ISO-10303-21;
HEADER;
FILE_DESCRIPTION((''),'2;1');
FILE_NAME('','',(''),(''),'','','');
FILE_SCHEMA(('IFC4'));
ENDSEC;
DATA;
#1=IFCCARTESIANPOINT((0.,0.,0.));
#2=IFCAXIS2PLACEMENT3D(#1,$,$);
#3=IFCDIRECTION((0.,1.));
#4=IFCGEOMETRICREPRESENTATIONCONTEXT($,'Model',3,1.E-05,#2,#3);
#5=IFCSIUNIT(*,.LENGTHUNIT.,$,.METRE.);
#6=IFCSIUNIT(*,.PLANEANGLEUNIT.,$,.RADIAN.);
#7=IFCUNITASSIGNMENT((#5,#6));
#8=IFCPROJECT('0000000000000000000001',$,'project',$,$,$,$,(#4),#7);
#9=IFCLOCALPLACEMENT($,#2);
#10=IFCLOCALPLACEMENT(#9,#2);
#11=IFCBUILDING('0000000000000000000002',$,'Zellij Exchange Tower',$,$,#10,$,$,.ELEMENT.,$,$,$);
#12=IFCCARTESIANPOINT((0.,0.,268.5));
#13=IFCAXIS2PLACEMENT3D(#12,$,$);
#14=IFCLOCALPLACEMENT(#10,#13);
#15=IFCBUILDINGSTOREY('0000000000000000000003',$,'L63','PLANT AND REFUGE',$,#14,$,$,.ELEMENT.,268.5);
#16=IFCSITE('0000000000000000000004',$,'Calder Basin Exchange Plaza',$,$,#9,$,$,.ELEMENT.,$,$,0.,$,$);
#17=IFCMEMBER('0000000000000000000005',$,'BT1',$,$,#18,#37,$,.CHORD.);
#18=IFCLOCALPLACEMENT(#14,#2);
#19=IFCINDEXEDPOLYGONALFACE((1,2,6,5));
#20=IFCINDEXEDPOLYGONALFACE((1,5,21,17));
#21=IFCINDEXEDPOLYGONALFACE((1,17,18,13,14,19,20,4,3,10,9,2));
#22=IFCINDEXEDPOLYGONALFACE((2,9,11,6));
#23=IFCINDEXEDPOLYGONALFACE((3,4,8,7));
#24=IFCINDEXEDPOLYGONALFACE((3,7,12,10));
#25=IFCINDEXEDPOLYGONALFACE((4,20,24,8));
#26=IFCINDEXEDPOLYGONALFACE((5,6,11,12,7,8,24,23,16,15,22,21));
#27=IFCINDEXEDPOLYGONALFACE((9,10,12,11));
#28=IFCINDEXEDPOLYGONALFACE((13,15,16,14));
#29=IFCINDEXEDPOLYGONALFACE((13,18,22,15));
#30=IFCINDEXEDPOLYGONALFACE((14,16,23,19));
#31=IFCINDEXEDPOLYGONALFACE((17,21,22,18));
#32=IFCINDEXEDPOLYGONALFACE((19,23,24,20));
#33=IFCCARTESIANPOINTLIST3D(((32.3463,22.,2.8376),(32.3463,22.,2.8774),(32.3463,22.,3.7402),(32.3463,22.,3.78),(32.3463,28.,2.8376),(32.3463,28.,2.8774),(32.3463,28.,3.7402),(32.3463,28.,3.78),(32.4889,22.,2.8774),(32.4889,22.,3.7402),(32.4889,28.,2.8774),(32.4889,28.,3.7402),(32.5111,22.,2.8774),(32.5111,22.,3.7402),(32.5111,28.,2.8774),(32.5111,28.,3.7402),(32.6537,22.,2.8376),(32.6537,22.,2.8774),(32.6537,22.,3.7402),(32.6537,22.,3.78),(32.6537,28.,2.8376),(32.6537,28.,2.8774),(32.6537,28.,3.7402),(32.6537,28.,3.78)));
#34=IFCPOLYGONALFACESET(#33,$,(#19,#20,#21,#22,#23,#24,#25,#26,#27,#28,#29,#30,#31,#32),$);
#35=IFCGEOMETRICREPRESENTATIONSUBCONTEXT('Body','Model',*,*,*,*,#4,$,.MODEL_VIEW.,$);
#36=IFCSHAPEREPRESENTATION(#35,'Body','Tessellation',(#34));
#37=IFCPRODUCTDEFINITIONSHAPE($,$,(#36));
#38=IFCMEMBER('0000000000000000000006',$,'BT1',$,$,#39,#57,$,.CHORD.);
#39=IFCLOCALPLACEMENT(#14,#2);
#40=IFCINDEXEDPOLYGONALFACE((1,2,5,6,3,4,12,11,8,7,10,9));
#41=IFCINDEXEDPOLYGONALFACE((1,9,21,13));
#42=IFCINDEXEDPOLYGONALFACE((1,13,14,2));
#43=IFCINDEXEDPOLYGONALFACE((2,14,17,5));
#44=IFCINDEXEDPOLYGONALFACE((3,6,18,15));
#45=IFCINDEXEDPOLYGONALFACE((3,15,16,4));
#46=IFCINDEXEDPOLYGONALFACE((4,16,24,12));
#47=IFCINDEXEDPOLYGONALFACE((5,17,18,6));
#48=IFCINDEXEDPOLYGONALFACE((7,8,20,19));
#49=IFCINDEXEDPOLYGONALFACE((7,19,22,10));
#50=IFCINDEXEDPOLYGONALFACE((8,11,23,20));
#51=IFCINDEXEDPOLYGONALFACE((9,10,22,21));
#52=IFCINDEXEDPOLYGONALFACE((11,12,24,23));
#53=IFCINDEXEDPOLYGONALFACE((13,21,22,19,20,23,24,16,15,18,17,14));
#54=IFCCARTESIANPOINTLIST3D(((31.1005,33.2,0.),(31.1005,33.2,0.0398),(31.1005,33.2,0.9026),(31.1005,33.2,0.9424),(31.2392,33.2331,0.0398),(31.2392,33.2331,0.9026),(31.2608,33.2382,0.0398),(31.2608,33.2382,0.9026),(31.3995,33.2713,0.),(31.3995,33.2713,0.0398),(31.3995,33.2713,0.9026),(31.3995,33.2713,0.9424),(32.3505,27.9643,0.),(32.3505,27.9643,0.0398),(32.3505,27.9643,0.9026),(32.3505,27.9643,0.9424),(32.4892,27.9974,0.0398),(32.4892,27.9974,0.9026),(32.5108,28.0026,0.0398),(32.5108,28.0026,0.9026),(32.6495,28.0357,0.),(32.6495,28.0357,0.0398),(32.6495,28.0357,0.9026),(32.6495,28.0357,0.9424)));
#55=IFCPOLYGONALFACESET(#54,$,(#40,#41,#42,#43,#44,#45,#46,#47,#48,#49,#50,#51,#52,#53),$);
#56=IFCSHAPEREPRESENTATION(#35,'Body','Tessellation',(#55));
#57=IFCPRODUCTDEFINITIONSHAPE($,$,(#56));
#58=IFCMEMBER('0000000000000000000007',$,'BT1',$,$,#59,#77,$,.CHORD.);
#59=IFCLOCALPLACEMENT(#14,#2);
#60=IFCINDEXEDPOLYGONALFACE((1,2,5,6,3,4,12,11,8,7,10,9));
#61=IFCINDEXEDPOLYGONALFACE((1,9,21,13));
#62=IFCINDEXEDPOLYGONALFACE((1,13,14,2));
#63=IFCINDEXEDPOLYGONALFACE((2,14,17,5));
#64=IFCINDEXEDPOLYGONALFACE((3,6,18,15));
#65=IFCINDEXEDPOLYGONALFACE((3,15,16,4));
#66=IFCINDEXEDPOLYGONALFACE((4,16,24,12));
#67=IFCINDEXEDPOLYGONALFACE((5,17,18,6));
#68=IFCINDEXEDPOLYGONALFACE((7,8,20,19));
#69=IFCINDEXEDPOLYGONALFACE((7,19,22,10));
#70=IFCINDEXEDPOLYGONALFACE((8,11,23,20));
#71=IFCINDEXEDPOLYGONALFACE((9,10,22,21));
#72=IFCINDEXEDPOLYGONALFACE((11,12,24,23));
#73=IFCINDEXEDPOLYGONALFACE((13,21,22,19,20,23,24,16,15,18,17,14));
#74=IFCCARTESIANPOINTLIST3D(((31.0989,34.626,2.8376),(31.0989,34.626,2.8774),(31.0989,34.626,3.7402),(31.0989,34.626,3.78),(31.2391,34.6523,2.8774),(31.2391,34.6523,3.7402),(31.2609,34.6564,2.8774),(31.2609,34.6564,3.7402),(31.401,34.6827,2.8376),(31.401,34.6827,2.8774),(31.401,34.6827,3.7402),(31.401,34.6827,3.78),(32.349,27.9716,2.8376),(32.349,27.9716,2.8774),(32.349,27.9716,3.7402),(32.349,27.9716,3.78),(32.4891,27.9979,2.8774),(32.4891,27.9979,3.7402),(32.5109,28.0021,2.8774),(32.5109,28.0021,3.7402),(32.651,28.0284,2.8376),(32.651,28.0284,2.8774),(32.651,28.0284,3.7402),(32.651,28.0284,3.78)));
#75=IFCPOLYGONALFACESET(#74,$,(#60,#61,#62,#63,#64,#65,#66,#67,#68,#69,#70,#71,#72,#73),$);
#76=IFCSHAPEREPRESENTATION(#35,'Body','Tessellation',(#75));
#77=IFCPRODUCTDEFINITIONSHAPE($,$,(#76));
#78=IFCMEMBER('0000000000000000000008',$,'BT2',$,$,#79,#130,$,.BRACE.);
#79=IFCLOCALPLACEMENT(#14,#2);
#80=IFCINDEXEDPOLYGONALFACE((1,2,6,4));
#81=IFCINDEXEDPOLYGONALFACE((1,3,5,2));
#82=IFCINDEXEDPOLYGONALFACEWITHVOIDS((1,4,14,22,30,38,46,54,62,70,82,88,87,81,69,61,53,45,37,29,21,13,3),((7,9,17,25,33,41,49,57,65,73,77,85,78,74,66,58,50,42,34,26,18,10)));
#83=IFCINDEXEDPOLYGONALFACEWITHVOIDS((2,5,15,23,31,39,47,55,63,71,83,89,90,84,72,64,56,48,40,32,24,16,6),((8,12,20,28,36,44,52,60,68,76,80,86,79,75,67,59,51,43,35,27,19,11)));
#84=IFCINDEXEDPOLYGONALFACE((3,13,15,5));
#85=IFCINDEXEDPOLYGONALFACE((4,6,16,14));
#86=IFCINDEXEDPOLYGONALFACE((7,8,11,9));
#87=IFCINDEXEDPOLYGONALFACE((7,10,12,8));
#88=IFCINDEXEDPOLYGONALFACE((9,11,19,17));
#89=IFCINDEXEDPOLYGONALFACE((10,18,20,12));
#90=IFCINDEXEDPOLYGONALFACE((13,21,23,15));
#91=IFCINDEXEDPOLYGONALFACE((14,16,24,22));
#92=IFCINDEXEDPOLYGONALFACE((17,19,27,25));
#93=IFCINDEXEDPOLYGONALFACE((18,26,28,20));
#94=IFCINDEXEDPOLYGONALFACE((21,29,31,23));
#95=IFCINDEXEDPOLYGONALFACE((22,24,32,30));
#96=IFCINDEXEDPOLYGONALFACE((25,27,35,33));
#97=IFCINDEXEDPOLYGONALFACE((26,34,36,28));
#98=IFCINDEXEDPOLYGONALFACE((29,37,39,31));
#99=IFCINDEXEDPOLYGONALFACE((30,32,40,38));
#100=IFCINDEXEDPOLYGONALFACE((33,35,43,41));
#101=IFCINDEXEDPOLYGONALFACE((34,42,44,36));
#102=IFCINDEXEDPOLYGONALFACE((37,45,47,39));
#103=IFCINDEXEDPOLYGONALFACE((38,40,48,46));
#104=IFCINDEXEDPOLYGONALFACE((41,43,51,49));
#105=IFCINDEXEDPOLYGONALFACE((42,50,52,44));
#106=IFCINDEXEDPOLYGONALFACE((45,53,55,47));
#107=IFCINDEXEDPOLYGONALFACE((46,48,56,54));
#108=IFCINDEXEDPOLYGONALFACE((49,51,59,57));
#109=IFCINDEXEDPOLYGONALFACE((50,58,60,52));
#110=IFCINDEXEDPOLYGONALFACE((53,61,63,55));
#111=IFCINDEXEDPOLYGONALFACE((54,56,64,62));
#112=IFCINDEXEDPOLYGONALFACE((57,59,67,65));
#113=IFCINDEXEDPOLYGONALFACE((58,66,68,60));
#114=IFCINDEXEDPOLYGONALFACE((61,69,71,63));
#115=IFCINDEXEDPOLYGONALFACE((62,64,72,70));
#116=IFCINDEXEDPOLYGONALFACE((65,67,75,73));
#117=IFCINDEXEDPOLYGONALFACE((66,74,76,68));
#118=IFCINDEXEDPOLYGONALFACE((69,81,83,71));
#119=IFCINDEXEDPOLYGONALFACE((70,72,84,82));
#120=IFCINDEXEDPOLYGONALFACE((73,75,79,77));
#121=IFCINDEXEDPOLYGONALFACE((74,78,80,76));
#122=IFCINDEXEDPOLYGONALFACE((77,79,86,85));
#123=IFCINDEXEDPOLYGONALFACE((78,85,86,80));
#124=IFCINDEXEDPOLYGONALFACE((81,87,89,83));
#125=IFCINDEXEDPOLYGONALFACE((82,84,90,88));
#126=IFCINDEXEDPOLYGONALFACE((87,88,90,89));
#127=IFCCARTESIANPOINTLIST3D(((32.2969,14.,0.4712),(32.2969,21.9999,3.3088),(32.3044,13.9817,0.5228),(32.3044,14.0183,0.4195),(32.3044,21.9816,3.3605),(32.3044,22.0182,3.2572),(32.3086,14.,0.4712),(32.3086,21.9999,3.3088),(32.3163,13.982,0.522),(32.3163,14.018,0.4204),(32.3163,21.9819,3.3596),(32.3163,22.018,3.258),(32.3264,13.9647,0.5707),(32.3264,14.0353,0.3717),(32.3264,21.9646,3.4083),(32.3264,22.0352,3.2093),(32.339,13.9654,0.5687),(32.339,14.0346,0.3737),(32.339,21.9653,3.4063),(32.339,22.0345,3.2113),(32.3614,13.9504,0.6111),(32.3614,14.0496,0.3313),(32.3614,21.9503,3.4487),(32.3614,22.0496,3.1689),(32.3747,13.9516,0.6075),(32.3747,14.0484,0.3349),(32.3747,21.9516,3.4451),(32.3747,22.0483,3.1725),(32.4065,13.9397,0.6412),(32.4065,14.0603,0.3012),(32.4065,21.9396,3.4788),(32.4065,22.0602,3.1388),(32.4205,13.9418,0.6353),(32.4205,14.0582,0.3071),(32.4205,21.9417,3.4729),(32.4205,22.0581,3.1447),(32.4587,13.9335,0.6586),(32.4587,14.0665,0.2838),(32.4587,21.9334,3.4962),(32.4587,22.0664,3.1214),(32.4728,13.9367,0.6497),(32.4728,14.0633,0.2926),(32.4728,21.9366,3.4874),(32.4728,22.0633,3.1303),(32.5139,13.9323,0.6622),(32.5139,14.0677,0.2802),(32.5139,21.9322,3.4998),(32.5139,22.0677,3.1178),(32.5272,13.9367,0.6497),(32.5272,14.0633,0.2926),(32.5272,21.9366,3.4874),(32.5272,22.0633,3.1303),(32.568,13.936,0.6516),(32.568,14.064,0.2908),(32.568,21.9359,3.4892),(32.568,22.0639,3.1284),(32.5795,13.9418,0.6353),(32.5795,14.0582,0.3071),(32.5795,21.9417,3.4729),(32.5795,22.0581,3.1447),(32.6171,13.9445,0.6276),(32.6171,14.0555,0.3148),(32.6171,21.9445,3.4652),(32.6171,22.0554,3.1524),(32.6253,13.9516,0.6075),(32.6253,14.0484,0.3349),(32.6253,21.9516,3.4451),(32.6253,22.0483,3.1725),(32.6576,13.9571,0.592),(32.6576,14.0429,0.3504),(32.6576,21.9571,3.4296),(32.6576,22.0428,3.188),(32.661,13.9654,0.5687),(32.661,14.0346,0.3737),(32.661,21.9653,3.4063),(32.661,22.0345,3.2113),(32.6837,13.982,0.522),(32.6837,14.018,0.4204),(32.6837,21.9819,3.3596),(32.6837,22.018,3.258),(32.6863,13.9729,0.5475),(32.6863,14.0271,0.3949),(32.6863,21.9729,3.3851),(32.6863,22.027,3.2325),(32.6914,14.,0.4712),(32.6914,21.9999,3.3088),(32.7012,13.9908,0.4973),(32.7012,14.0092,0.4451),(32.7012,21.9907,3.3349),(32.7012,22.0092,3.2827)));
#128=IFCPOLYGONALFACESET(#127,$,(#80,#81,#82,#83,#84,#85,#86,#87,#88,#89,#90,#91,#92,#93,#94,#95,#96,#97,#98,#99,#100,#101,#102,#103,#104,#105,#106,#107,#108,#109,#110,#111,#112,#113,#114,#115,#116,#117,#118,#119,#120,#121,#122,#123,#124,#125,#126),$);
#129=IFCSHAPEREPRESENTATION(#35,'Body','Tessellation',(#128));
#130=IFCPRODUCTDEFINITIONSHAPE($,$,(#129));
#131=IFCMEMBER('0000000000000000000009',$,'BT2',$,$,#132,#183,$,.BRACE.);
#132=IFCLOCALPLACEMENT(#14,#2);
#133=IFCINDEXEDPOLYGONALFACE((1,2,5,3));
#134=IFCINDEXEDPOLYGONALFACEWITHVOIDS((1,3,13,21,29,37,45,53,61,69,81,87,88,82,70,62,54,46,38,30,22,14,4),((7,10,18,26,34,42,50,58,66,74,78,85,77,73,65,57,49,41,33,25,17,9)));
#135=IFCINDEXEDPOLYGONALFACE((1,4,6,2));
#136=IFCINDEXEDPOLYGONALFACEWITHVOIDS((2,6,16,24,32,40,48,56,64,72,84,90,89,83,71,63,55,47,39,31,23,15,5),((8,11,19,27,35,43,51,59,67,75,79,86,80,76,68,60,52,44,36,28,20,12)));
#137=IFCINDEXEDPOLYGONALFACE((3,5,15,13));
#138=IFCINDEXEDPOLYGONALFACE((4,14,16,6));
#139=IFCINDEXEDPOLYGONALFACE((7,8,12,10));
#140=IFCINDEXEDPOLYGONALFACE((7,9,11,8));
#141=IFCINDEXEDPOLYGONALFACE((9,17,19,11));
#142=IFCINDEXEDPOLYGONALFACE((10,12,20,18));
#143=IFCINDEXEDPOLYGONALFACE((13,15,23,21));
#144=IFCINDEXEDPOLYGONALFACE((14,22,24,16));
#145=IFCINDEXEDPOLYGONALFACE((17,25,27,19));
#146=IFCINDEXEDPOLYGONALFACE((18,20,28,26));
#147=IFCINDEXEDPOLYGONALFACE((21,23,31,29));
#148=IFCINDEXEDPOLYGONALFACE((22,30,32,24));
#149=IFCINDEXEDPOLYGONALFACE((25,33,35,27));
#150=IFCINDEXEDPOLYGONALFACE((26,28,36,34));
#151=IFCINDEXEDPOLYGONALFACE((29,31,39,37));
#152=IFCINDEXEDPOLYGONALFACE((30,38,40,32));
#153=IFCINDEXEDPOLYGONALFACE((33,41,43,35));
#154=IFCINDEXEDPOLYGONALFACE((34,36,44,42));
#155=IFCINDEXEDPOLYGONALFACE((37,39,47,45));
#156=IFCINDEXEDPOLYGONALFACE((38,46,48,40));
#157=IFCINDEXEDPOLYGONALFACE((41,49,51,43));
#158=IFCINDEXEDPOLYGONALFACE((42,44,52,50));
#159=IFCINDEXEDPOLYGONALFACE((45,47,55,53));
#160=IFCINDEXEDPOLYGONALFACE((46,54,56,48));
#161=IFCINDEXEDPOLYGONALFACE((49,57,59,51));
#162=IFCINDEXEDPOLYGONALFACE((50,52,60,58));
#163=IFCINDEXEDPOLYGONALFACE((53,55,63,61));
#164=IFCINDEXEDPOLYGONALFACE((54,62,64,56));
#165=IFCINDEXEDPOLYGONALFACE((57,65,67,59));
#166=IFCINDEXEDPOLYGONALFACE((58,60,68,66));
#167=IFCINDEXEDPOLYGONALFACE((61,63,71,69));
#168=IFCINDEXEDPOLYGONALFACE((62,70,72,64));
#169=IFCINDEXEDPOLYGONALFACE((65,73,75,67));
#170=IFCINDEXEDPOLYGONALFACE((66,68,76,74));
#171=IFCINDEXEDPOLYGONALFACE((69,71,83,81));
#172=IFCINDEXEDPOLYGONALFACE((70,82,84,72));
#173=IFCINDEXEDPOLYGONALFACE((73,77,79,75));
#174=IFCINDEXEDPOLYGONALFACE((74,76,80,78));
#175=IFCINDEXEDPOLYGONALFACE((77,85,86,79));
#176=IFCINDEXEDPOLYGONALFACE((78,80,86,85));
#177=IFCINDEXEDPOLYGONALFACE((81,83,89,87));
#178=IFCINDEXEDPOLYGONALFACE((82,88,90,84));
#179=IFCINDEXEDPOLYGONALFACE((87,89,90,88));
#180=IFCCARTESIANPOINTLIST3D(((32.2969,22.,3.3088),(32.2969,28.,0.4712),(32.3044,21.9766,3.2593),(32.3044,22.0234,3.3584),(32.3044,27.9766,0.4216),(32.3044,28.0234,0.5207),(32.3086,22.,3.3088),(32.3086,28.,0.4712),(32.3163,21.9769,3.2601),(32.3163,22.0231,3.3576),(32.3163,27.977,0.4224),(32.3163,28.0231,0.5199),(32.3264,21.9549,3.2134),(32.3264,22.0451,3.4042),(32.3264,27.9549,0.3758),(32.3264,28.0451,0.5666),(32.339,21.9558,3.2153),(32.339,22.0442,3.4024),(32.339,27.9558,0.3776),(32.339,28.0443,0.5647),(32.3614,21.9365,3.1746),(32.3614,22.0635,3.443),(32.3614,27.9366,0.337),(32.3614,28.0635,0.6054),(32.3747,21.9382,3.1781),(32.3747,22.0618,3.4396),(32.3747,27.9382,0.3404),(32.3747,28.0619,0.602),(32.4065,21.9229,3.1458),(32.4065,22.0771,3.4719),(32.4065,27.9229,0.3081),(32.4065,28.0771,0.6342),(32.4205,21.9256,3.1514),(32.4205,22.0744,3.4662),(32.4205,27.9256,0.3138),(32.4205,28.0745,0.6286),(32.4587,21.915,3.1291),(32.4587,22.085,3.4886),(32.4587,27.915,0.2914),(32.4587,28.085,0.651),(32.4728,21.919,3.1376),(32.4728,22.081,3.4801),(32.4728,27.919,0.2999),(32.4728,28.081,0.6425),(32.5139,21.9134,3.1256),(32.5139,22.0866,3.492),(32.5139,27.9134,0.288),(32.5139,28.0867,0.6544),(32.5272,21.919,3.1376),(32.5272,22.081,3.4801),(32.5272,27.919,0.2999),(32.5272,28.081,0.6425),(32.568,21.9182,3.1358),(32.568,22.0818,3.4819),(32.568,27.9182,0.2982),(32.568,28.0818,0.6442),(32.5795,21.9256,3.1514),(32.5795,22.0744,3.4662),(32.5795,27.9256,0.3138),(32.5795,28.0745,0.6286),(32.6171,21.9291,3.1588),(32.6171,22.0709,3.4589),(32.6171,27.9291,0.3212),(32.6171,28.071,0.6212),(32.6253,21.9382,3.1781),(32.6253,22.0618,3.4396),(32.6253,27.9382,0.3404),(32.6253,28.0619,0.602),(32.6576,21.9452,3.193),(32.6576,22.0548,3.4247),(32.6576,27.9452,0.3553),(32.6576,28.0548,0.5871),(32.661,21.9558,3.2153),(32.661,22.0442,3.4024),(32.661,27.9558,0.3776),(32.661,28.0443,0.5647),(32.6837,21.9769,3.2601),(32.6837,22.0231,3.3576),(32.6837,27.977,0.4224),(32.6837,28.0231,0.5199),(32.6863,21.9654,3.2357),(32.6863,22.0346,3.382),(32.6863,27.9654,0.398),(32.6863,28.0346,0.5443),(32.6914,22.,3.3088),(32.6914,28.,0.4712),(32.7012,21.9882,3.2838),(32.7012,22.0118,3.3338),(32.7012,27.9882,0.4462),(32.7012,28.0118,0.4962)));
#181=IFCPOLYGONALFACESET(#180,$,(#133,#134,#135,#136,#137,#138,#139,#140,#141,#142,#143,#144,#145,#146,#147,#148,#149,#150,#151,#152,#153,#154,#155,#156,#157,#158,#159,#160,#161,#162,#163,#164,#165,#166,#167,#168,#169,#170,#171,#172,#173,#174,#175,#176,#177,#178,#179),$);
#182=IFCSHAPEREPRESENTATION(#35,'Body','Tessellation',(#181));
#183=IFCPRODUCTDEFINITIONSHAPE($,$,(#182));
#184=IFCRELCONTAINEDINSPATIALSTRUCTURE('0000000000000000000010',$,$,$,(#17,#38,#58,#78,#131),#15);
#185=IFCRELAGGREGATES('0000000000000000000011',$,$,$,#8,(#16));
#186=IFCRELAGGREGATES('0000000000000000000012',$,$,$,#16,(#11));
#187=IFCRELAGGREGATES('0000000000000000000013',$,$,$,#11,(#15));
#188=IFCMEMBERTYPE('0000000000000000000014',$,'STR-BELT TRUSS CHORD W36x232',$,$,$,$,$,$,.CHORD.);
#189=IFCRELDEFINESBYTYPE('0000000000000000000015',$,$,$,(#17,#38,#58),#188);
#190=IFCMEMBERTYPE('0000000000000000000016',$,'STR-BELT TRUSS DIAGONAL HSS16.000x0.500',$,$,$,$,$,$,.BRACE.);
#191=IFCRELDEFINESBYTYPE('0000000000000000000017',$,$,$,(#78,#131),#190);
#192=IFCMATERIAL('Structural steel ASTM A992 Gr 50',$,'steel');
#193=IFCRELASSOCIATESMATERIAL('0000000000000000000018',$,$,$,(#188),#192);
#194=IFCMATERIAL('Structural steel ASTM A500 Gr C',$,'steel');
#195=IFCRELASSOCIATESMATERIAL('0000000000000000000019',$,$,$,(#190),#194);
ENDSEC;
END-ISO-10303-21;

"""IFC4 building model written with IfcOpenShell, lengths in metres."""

from ifc_helpers import new_model, si_unit, direction, frame, origin, origin_2d, place, context, subcontext, project, spatial, hollow_circle, i_section, extrude, material, material_profile, profile_set, type_object, element, save


model = new_model("IFC4")

# Units and contexts
model_context = context("Model", 3, precision=1e-05, world=origin(), true_north=direction((0.0, 1.0)))
body_context = subcontext(model_context, "Body", "Model", "MODEL_VIEW")
ifc_project = project(units=[si_unit("LENGTHUNIT", "METRE"), si_unit("PLANEANGLEUNIT", "RADIAN")], contexts=[model_context])

# Site, building, storey
site_placement = place(None, origin())
site = spatial("IfcSite", under=ifc_project, at=site_placement, Name="Calder Basin Exchange Plaza", CompositionType="ELEMENT", RefElevation=0.0)
building_placement = place(site_placement, origin())
building = spatial("IfcBuilding", under=site, at=building_placement, Name="Zellij Exchange Tower", CompositionType="ELEMENT")
storey_placement = place(building_placement, frame((0.0, 0.0, 268.5)))
storey = spatial("IfcBuildingStorey", under=building, at=storey_placement, Name="L63", Description="PLANT AND REFUGE", CompositionType="ELEMENT", Elevation=268.5)

# Members
ifc_material_1 = material(Name="Structural steel ASTM A992 Gr 50", Category="steel")
ifc_material_profile_1 = material_profile(ifc_material_1, i_section(OverallWidth=0.3074, OverallDepth=0.9424, WebThickness=0.0222, FlangeThickness=0.0398, at=origin_2d()), Name="W36x232")
ifc_profile_set_1 = profile_set([ifc_material_profile_1], Name="Structural steel ASTM A992 Gr 50")
member_type_1 = type_object("IfcMemberType", Name="STR-BELT TRUSS CHORD W36x232", PredefinedType="CHORD", material=ifc_profile_set_1)
for number, where, z_axis, x_axis, name in (
    (1, (32.5, 22.0, 3.3088), (0.0, 1.0, 0.0), (-1.0, 0.0, 0.0), "BT1"),
):
    element("IfcMember", number, at=place(storey_placement, frame(where, z_axis=z_axis, x_axis=x_axis)), inside=storey, type_object=member_type_1, Name=name, PredefinedType="CHORD", context=body_context, shape_type="SweptSolid", body=[
        extrude(i_section(OverallWidth=0.3074, OverallDepth=0.9424, WebThickness=0.0222, FlangeThickness=0.0398, at=origin_2d()), origin(), (0.0, 0.0, 1.0), 6.0),
    ])
member_1_placement = place(storey_placement, frame((32.5, 28.0, 0.4712), z_axis=(-0.232223, 0.972662, 0.0), x_axis=(-0.972662, -0.232223, 0.0)))
element("IfcMember", 2, at=member_1_placement, inside=storey, type_object=member_type_1, Name="BT1", PredefinedType="CHORD", context=body_context, shape_type="SweptSolid", body=[
    extrude(i_section(OverallWidth=0.3074, OverallDepth=0.9424, WebThickness=0.0222, FlangeThickness=0.0398, at=origin_2d()), origin(), (0.0, 0.0, 1.0), 5.3828),
])
member_2_placement = place(storey_placement, frame((32.5, 28.0, 3.3088), z_axis=(-0.184619, 0.98281, 0.0), x_axis=(-0.98281, -0.184619, 0.0)))
element("IfcMember", 3, at=member_2_placement, inside=storey, type_object=member_type_1, Name="BT1", PredefinedType="CHORD", context=body_context, shape_type="SweptSolid", body=[
    extrude(i_section(OverallWidth=0.3074, OverallDepth=0.9424, WebThickness=0.0222, FlangeThickness=0.0398, at=origin_2d()), origin(), (0.0, 0.0, 1.0), 6.7708),
])
ifc_material_2 = material(Name="Structural steel ASTM A500 Gr C", Category="steel")
ifc_material_profile_2 = material_profile(ifc_material_2, hollow_circle(Radius=0.2031, WallThickness=0.0117, at=origin_2d()), Name="STR-BELT TRUSS DIAGONAL HSS16.000x0.500")
ifc_profile_set_2 = profile_set([ifc_material_profile_2], Name="Structural steel ASTM A500 Gr C")
member_type_2 = type_object("IfcMemberType", Name="STR-BELT TRUSS DIAGONAL HSS16.000x0.500", PredefinedType="BRACE", material=ifc_profile_set_2)
member_3_placement = place(storey_placement, frame((32.5, 14.0, 0.4712), z_axis=(0.0, 0.942467, 0.334299), x_axis=(-1.0, 0.0, 0.0)))
element("IfcMember", 4, at=member_3_placement, inside=storey, type_object=member_type_2, Name="BT2", PredefinedType="BRACE", context=body_context, shape_type="SweptSolid", body=[
    extrude(hollow_circle(Radius=0.2031, WallThickness=0.0117, at=origin_2d()), origin(), (0.0, 0.0, 1.0), 8.4883),
])
member_4_placement = place(storey_placement, frame((32.5, 22.0, 3.3088), z_axis=(0.0, 0.903998, -0.427538), x_axis=(-1.0, 0.0, 0.0)))
element("IfcMember", 5, at=member_4_placement, inside=storey, type_object=member_type_2, Name="BT2", PredefinedType="BRACE", context=body_context, shape_type="SweptSolid", body=[
    extrude(hollow_circle(Radius=0.2031, WallThickness=0.0117, at=origin_2d()), origin(), (0.0, 0.0, 1.0), 6.6372),
])

save(model, "model.ifc")
